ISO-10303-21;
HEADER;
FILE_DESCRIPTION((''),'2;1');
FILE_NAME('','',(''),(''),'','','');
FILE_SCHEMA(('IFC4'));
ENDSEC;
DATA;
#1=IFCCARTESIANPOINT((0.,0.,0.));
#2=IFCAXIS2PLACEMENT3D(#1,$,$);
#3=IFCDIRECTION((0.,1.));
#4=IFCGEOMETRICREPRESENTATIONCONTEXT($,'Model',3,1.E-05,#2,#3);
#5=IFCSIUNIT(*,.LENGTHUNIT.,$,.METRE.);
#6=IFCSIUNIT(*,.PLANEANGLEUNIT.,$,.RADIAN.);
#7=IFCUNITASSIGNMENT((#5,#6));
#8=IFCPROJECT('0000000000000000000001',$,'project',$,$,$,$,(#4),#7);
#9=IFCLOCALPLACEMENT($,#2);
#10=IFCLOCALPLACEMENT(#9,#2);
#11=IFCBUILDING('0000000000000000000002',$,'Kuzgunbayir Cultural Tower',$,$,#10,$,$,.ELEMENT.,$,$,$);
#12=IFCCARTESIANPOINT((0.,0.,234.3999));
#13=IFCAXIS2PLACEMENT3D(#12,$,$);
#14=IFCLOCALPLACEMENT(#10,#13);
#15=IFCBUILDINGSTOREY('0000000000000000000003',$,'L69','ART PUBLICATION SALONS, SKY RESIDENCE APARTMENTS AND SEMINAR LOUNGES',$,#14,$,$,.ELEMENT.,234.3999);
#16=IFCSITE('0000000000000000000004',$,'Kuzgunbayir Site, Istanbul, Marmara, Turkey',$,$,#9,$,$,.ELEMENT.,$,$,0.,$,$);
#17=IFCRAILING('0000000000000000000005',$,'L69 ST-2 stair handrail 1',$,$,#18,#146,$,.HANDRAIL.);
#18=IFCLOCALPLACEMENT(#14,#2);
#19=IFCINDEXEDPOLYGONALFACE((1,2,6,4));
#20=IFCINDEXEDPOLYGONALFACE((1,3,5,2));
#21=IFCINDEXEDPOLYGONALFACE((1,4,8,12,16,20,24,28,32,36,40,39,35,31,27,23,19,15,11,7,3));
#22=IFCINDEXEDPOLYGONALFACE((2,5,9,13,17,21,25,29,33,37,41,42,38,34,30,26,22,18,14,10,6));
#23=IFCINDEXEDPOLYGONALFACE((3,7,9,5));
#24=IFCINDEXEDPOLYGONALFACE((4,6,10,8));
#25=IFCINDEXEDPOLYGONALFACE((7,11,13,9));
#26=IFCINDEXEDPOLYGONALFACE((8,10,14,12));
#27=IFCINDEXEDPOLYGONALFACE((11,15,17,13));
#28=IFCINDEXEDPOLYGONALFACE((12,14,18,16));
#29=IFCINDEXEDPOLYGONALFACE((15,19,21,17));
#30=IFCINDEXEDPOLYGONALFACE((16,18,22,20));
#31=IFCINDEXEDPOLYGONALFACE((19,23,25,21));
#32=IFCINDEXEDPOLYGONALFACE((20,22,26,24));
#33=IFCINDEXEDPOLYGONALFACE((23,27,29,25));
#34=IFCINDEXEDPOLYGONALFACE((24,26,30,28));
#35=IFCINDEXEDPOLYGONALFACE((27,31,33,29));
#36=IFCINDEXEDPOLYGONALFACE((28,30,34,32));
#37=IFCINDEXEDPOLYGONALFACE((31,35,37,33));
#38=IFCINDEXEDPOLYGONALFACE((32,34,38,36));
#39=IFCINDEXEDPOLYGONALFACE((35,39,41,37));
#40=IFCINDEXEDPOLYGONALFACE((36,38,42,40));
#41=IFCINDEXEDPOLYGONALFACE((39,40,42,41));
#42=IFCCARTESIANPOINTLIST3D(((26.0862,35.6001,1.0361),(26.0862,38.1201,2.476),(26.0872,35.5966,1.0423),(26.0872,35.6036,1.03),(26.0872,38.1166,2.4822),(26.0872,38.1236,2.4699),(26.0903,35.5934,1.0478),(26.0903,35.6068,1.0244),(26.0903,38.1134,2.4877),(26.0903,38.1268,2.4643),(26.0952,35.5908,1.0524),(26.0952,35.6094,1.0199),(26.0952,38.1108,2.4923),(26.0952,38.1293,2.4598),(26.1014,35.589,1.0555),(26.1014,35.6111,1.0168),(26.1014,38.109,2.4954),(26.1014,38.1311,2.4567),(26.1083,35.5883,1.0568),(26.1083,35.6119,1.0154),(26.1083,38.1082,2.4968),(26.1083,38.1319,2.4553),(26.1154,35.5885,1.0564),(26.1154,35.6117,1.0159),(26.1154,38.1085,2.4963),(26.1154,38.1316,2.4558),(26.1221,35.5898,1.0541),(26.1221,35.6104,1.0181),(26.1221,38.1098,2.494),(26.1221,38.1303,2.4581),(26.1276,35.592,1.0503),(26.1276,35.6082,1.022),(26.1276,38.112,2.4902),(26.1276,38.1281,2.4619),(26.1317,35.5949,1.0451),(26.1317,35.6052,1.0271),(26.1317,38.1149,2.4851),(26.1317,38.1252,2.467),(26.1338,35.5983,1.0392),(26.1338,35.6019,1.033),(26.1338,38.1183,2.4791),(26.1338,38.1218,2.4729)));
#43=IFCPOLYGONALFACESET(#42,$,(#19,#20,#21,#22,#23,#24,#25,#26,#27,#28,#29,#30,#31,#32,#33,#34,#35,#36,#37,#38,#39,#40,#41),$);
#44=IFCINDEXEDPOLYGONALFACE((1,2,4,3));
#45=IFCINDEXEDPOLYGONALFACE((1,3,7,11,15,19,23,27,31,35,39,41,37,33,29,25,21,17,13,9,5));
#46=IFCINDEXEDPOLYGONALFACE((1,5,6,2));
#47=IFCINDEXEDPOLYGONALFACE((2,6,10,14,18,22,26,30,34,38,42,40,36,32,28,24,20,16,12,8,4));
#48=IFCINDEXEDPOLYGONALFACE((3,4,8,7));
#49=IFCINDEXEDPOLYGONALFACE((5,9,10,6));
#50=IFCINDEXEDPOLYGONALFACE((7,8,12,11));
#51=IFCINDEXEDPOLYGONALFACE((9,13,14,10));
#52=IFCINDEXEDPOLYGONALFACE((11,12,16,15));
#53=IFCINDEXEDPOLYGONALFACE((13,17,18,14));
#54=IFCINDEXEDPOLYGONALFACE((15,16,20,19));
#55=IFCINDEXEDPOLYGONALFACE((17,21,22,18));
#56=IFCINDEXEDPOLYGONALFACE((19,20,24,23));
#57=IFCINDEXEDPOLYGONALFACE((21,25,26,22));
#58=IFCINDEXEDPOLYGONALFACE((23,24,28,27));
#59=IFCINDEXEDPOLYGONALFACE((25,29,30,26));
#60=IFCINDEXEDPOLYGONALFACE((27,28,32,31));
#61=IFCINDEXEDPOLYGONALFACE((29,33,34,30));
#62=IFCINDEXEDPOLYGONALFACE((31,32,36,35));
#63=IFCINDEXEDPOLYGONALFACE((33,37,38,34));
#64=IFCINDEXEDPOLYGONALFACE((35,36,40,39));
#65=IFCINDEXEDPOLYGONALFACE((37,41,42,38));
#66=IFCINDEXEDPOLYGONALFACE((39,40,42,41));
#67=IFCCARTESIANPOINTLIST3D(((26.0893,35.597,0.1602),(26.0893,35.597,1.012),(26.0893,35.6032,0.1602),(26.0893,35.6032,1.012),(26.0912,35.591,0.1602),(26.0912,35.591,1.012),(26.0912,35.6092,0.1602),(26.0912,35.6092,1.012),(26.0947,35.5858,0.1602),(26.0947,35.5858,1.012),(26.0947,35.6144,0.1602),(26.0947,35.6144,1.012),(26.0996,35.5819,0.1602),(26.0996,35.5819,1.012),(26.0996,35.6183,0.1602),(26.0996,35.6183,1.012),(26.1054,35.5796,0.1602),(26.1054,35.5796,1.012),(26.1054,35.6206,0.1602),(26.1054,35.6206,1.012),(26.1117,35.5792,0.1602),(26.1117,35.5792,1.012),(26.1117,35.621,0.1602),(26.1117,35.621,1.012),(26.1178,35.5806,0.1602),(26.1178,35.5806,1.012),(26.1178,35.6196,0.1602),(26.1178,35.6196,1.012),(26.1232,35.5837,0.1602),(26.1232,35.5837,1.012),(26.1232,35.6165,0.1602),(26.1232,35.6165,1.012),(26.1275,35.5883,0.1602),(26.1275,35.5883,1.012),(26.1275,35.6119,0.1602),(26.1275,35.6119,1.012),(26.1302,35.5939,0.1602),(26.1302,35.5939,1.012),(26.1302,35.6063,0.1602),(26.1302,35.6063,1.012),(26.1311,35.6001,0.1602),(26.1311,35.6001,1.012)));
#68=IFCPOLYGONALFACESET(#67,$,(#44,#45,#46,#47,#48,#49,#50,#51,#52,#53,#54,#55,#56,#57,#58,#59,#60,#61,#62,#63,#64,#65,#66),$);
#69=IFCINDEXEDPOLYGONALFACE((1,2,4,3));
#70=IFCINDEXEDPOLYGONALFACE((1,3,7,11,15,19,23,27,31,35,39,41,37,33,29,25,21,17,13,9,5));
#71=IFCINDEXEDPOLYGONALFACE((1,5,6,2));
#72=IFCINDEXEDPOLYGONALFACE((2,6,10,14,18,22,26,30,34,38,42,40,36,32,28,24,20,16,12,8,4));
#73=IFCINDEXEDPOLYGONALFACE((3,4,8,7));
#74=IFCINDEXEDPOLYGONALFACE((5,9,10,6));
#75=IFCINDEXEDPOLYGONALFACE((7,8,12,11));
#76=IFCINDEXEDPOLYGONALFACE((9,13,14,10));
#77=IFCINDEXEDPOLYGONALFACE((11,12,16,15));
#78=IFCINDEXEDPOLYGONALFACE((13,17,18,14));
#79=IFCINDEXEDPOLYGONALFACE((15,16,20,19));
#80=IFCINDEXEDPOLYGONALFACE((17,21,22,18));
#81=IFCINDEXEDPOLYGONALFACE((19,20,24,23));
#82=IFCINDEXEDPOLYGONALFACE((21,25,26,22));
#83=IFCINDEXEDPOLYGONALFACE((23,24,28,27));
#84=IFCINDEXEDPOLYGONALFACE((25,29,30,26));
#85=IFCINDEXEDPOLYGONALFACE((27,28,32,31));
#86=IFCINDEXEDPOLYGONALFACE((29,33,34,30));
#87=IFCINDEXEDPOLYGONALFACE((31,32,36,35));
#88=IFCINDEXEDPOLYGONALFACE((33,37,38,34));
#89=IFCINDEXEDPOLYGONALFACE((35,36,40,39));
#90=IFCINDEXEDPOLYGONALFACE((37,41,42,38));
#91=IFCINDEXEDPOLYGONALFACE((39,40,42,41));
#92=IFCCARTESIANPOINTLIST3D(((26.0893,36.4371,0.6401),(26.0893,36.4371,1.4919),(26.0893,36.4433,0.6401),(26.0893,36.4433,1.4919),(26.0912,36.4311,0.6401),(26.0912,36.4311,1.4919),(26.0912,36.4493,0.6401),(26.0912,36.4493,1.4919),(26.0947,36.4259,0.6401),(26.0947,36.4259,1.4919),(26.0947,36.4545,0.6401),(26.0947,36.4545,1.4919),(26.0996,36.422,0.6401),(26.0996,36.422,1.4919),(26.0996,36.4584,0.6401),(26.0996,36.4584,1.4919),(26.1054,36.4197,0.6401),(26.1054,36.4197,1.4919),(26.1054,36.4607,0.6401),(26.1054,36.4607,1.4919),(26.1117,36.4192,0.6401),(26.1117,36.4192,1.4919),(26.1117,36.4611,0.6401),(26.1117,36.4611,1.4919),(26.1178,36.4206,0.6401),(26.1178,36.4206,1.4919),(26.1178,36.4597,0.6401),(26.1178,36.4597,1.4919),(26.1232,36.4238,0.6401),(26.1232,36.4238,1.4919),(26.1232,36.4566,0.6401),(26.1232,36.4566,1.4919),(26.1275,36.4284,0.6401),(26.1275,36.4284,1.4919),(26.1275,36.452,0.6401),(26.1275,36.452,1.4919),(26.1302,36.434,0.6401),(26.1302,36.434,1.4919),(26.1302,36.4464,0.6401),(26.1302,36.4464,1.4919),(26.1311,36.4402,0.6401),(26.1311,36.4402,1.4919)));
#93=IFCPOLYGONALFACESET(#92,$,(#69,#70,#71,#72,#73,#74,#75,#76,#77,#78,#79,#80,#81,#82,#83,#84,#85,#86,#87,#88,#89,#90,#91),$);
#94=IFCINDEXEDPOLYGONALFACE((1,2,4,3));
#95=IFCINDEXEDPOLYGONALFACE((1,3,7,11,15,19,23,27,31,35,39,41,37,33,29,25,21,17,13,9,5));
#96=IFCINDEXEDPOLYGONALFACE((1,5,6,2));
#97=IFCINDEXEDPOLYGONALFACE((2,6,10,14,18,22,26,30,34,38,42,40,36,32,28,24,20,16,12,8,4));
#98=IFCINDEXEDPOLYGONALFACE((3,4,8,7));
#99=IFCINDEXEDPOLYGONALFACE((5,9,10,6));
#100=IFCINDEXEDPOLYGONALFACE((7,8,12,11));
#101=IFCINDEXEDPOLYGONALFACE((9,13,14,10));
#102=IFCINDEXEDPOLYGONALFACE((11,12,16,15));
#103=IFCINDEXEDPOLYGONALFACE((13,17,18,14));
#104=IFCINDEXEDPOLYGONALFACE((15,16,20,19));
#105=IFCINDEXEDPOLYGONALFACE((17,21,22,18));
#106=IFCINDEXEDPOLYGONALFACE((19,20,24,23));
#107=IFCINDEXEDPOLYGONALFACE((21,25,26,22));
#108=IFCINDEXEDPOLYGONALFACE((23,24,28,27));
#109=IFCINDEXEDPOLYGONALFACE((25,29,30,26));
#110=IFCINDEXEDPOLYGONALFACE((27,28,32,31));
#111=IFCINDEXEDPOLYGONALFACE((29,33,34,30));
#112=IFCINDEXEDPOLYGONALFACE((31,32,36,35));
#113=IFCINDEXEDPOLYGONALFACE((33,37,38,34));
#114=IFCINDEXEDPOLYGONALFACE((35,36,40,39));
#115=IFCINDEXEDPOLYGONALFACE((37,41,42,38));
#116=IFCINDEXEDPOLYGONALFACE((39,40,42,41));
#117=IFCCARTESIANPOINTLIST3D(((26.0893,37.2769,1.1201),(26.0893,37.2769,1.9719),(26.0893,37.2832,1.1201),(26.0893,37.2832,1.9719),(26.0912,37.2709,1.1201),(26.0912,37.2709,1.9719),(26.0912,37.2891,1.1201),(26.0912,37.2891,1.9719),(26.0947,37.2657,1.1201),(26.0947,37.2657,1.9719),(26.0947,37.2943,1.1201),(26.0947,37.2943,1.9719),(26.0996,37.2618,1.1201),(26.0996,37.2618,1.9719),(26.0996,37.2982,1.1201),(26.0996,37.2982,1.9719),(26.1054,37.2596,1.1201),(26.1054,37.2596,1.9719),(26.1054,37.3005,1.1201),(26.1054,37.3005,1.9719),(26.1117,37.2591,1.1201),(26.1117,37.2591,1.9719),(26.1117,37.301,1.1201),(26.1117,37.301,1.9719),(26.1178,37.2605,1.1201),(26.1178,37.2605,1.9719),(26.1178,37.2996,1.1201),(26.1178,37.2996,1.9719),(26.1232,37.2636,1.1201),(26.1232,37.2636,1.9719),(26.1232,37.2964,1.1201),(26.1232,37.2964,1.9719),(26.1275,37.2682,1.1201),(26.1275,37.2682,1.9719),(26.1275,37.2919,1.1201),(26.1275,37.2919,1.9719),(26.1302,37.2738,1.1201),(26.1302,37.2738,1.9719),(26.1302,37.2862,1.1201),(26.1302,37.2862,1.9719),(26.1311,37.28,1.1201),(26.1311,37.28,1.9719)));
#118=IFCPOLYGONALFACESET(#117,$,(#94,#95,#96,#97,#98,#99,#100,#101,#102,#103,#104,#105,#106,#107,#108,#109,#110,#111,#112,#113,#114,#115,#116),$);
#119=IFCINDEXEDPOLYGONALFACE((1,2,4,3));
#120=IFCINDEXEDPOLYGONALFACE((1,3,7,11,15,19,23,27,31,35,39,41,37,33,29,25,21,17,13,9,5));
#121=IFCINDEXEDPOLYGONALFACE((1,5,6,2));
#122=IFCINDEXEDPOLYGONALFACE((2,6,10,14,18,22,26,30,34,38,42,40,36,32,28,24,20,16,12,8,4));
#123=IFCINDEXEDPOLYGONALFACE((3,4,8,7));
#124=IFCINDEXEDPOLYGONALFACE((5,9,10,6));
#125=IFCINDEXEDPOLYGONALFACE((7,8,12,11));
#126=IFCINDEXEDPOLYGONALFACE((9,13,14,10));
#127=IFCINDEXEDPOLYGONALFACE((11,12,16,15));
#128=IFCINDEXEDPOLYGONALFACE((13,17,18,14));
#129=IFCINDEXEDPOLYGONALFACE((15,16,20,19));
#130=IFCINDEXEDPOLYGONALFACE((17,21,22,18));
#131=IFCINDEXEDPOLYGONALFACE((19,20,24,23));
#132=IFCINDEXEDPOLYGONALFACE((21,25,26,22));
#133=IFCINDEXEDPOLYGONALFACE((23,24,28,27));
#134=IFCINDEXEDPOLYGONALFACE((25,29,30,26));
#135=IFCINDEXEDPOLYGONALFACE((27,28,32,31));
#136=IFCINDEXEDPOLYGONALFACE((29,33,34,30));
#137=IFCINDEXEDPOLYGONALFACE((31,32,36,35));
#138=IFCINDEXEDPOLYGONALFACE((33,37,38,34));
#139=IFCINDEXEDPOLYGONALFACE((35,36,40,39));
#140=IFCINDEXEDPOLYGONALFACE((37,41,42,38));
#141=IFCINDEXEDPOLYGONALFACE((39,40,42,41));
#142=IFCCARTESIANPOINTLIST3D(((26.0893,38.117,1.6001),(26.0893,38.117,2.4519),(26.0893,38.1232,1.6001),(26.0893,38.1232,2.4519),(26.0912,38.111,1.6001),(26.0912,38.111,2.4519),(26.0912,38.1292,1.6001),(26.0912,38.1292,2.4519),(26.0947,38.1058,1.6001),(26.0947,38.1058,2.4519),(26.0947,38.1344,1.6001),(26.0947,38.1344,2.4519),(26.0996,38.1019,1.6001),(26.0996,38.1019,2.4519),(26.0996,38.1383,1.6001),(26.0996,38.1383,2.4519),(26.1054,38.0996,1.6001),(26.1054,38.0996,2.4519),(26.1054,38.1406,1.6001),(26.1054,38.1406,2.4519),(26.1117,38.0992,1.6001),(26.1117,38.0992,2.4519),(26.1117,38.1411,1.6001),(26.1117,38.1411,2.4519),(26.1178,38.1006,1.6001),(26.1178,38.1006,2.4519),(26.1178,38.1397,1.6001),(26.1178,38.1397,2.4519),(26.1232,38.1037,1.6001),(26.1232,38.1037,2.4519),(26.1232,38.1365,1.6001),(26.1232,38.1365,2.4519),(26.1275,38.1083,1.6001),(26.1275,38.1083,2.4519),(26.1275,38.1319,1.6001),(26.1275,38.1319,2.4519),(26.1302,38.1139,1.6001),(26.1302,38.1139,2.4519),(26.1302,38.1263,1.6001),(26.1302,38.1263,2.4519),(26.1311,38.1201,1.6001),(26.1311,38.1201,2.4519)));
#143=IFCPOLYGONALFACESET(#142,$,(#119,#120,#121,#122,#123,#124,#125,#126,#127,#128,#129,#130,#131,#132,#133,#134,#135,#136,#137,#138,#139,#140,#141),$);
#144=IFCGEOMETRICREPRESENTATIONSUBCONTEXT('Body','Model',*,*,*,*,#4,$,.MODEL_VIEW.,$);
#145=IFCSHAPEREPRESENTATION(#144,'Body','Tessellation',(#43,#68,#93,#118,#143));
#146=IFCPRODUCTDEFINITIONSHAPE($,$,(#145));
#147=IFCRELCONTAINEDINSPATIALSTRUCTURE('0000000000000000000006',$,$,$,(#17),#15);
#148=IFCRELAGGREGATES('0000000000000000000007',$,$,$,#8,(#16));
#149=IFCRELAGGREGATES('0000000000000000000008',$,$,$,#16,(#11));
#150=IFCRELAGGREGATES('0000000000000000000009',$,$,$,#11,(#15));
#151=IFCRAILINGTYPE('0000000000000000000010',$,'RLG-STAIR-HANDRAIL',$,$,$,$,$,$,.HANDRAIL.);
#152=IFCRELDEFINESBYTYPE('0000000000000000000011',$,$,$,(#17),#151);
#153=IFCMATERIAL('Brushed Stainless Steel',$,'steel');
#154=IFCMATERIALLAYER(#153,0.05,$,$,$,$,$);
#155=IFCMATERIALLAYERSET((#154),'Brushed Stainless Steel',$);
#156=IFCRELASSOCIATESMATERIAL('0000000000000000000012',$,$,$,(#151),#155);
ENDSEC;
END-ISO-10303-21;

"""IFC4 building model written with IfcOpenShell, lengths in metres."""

from ifc_helpers import new_model, si_unit, direction, frame, origin, origin_2d, place, context, subcontext, project, spatial, circle, extrude, material, layer, layer_set, type_object, element, save


model = new_model("IFC4")

# Units and contexts
model_context = context("Model", 3, precision=1e-05, world=origin(), true_north=direction((0.0, 1.0)))
body_context = subcontext(model_context, "Body", "Model", "MODEL_VIEW")
ifc_project = project(units=[si_unit("LENGTHUNIT", "METRE"), si_unit("PLANEANGLEUNIT", "RADIAN")], contexts=[model_context])

# Site, building, storey
site_placement = place(None, origin())
site = spatial("IfcSite", under=ifc_project, at=site_placement, Name="Kuzgunbayir Site, Istanbul, Marmara, Turkey", CompositionType="ELEMENT", RefElevation=0.0)
building_placement = place(site_placement, origin())
building = spatial("IfcBuilding", under=site, at=building_placement, Name="Kuzgunbayir Cultural Tower", CompositionType="ELEMENT")
storey_placement = place(building_placement, frame((0.0, 0.0, 234.3999)))
storey = spatial("IfcBuildingStorey", under=building, at=storey_placement, Name="L69", Description="ART PUBLICATION SALONS, SKY RESIDENCE APARTMENTS AND SEMINAR LOUNGES", CompositionType="ELEMENT", Elevation=234.3999)

# Railing
ifc_material_1 = material(Name="Brushed Stainless Steel", Category="steel")
ifc_layer_1 = layer(ifc_material_1, 0.05)
ifc_layer_set_1 = layer_set([ifc_layer_1], Name="Brushed Stainless Steel")
railing_type_1 = type_object("IfcRailingType", Name="RLG-STAIR-HANDRAIL", PredefinedType="HANDRAIL", material=ifc_layer_set_1)
railing_1_placement = place(storey_placement, frame((26.1101, 35.6001, 0.1602)))
element("IfcRailing", 1, at=railing_1_placement, inside=storey, type_object=railing_type_1, Name="L69 ST-2 stair handrail 1", PredefinedType="HANDRAIL", context=body_context, shape_type="SweptSolid", body=[
    extrude(circle(Radius=0.0239, at=origin_2d()), frame((0.0, 0.0, 0.876), z_axis=(0.0, 0.868253, 0.496121), x_axis=(-1.0, 0.0, 0.0)), (0.0, 0.0, 1.0), 2.9023),
    extrude(circle(Radius=0.021, at=origin_2d()), origin(), (0.0, 0.0, 1.0), 0.8518),
    extrude(circle(Radius=0.021, at=origin_2d()), frame((0.0, 0.8401, 0.48)), (0.0, 0.0, 1.0), 0.8518),
    extrude(circle(Radius=0.021, at=origin_2d()), frame((0.0, 1.6799, 0.96)), (0.0, 0.0, 1.0), 0.8518),
    extrude(circle(Radius=0.021, at=origin_2d()), frame((0.0, 2.52, 1.4399)), (0.0, 0.0, 1.0), 0.8518),
])

save(model, "model.ifc")
